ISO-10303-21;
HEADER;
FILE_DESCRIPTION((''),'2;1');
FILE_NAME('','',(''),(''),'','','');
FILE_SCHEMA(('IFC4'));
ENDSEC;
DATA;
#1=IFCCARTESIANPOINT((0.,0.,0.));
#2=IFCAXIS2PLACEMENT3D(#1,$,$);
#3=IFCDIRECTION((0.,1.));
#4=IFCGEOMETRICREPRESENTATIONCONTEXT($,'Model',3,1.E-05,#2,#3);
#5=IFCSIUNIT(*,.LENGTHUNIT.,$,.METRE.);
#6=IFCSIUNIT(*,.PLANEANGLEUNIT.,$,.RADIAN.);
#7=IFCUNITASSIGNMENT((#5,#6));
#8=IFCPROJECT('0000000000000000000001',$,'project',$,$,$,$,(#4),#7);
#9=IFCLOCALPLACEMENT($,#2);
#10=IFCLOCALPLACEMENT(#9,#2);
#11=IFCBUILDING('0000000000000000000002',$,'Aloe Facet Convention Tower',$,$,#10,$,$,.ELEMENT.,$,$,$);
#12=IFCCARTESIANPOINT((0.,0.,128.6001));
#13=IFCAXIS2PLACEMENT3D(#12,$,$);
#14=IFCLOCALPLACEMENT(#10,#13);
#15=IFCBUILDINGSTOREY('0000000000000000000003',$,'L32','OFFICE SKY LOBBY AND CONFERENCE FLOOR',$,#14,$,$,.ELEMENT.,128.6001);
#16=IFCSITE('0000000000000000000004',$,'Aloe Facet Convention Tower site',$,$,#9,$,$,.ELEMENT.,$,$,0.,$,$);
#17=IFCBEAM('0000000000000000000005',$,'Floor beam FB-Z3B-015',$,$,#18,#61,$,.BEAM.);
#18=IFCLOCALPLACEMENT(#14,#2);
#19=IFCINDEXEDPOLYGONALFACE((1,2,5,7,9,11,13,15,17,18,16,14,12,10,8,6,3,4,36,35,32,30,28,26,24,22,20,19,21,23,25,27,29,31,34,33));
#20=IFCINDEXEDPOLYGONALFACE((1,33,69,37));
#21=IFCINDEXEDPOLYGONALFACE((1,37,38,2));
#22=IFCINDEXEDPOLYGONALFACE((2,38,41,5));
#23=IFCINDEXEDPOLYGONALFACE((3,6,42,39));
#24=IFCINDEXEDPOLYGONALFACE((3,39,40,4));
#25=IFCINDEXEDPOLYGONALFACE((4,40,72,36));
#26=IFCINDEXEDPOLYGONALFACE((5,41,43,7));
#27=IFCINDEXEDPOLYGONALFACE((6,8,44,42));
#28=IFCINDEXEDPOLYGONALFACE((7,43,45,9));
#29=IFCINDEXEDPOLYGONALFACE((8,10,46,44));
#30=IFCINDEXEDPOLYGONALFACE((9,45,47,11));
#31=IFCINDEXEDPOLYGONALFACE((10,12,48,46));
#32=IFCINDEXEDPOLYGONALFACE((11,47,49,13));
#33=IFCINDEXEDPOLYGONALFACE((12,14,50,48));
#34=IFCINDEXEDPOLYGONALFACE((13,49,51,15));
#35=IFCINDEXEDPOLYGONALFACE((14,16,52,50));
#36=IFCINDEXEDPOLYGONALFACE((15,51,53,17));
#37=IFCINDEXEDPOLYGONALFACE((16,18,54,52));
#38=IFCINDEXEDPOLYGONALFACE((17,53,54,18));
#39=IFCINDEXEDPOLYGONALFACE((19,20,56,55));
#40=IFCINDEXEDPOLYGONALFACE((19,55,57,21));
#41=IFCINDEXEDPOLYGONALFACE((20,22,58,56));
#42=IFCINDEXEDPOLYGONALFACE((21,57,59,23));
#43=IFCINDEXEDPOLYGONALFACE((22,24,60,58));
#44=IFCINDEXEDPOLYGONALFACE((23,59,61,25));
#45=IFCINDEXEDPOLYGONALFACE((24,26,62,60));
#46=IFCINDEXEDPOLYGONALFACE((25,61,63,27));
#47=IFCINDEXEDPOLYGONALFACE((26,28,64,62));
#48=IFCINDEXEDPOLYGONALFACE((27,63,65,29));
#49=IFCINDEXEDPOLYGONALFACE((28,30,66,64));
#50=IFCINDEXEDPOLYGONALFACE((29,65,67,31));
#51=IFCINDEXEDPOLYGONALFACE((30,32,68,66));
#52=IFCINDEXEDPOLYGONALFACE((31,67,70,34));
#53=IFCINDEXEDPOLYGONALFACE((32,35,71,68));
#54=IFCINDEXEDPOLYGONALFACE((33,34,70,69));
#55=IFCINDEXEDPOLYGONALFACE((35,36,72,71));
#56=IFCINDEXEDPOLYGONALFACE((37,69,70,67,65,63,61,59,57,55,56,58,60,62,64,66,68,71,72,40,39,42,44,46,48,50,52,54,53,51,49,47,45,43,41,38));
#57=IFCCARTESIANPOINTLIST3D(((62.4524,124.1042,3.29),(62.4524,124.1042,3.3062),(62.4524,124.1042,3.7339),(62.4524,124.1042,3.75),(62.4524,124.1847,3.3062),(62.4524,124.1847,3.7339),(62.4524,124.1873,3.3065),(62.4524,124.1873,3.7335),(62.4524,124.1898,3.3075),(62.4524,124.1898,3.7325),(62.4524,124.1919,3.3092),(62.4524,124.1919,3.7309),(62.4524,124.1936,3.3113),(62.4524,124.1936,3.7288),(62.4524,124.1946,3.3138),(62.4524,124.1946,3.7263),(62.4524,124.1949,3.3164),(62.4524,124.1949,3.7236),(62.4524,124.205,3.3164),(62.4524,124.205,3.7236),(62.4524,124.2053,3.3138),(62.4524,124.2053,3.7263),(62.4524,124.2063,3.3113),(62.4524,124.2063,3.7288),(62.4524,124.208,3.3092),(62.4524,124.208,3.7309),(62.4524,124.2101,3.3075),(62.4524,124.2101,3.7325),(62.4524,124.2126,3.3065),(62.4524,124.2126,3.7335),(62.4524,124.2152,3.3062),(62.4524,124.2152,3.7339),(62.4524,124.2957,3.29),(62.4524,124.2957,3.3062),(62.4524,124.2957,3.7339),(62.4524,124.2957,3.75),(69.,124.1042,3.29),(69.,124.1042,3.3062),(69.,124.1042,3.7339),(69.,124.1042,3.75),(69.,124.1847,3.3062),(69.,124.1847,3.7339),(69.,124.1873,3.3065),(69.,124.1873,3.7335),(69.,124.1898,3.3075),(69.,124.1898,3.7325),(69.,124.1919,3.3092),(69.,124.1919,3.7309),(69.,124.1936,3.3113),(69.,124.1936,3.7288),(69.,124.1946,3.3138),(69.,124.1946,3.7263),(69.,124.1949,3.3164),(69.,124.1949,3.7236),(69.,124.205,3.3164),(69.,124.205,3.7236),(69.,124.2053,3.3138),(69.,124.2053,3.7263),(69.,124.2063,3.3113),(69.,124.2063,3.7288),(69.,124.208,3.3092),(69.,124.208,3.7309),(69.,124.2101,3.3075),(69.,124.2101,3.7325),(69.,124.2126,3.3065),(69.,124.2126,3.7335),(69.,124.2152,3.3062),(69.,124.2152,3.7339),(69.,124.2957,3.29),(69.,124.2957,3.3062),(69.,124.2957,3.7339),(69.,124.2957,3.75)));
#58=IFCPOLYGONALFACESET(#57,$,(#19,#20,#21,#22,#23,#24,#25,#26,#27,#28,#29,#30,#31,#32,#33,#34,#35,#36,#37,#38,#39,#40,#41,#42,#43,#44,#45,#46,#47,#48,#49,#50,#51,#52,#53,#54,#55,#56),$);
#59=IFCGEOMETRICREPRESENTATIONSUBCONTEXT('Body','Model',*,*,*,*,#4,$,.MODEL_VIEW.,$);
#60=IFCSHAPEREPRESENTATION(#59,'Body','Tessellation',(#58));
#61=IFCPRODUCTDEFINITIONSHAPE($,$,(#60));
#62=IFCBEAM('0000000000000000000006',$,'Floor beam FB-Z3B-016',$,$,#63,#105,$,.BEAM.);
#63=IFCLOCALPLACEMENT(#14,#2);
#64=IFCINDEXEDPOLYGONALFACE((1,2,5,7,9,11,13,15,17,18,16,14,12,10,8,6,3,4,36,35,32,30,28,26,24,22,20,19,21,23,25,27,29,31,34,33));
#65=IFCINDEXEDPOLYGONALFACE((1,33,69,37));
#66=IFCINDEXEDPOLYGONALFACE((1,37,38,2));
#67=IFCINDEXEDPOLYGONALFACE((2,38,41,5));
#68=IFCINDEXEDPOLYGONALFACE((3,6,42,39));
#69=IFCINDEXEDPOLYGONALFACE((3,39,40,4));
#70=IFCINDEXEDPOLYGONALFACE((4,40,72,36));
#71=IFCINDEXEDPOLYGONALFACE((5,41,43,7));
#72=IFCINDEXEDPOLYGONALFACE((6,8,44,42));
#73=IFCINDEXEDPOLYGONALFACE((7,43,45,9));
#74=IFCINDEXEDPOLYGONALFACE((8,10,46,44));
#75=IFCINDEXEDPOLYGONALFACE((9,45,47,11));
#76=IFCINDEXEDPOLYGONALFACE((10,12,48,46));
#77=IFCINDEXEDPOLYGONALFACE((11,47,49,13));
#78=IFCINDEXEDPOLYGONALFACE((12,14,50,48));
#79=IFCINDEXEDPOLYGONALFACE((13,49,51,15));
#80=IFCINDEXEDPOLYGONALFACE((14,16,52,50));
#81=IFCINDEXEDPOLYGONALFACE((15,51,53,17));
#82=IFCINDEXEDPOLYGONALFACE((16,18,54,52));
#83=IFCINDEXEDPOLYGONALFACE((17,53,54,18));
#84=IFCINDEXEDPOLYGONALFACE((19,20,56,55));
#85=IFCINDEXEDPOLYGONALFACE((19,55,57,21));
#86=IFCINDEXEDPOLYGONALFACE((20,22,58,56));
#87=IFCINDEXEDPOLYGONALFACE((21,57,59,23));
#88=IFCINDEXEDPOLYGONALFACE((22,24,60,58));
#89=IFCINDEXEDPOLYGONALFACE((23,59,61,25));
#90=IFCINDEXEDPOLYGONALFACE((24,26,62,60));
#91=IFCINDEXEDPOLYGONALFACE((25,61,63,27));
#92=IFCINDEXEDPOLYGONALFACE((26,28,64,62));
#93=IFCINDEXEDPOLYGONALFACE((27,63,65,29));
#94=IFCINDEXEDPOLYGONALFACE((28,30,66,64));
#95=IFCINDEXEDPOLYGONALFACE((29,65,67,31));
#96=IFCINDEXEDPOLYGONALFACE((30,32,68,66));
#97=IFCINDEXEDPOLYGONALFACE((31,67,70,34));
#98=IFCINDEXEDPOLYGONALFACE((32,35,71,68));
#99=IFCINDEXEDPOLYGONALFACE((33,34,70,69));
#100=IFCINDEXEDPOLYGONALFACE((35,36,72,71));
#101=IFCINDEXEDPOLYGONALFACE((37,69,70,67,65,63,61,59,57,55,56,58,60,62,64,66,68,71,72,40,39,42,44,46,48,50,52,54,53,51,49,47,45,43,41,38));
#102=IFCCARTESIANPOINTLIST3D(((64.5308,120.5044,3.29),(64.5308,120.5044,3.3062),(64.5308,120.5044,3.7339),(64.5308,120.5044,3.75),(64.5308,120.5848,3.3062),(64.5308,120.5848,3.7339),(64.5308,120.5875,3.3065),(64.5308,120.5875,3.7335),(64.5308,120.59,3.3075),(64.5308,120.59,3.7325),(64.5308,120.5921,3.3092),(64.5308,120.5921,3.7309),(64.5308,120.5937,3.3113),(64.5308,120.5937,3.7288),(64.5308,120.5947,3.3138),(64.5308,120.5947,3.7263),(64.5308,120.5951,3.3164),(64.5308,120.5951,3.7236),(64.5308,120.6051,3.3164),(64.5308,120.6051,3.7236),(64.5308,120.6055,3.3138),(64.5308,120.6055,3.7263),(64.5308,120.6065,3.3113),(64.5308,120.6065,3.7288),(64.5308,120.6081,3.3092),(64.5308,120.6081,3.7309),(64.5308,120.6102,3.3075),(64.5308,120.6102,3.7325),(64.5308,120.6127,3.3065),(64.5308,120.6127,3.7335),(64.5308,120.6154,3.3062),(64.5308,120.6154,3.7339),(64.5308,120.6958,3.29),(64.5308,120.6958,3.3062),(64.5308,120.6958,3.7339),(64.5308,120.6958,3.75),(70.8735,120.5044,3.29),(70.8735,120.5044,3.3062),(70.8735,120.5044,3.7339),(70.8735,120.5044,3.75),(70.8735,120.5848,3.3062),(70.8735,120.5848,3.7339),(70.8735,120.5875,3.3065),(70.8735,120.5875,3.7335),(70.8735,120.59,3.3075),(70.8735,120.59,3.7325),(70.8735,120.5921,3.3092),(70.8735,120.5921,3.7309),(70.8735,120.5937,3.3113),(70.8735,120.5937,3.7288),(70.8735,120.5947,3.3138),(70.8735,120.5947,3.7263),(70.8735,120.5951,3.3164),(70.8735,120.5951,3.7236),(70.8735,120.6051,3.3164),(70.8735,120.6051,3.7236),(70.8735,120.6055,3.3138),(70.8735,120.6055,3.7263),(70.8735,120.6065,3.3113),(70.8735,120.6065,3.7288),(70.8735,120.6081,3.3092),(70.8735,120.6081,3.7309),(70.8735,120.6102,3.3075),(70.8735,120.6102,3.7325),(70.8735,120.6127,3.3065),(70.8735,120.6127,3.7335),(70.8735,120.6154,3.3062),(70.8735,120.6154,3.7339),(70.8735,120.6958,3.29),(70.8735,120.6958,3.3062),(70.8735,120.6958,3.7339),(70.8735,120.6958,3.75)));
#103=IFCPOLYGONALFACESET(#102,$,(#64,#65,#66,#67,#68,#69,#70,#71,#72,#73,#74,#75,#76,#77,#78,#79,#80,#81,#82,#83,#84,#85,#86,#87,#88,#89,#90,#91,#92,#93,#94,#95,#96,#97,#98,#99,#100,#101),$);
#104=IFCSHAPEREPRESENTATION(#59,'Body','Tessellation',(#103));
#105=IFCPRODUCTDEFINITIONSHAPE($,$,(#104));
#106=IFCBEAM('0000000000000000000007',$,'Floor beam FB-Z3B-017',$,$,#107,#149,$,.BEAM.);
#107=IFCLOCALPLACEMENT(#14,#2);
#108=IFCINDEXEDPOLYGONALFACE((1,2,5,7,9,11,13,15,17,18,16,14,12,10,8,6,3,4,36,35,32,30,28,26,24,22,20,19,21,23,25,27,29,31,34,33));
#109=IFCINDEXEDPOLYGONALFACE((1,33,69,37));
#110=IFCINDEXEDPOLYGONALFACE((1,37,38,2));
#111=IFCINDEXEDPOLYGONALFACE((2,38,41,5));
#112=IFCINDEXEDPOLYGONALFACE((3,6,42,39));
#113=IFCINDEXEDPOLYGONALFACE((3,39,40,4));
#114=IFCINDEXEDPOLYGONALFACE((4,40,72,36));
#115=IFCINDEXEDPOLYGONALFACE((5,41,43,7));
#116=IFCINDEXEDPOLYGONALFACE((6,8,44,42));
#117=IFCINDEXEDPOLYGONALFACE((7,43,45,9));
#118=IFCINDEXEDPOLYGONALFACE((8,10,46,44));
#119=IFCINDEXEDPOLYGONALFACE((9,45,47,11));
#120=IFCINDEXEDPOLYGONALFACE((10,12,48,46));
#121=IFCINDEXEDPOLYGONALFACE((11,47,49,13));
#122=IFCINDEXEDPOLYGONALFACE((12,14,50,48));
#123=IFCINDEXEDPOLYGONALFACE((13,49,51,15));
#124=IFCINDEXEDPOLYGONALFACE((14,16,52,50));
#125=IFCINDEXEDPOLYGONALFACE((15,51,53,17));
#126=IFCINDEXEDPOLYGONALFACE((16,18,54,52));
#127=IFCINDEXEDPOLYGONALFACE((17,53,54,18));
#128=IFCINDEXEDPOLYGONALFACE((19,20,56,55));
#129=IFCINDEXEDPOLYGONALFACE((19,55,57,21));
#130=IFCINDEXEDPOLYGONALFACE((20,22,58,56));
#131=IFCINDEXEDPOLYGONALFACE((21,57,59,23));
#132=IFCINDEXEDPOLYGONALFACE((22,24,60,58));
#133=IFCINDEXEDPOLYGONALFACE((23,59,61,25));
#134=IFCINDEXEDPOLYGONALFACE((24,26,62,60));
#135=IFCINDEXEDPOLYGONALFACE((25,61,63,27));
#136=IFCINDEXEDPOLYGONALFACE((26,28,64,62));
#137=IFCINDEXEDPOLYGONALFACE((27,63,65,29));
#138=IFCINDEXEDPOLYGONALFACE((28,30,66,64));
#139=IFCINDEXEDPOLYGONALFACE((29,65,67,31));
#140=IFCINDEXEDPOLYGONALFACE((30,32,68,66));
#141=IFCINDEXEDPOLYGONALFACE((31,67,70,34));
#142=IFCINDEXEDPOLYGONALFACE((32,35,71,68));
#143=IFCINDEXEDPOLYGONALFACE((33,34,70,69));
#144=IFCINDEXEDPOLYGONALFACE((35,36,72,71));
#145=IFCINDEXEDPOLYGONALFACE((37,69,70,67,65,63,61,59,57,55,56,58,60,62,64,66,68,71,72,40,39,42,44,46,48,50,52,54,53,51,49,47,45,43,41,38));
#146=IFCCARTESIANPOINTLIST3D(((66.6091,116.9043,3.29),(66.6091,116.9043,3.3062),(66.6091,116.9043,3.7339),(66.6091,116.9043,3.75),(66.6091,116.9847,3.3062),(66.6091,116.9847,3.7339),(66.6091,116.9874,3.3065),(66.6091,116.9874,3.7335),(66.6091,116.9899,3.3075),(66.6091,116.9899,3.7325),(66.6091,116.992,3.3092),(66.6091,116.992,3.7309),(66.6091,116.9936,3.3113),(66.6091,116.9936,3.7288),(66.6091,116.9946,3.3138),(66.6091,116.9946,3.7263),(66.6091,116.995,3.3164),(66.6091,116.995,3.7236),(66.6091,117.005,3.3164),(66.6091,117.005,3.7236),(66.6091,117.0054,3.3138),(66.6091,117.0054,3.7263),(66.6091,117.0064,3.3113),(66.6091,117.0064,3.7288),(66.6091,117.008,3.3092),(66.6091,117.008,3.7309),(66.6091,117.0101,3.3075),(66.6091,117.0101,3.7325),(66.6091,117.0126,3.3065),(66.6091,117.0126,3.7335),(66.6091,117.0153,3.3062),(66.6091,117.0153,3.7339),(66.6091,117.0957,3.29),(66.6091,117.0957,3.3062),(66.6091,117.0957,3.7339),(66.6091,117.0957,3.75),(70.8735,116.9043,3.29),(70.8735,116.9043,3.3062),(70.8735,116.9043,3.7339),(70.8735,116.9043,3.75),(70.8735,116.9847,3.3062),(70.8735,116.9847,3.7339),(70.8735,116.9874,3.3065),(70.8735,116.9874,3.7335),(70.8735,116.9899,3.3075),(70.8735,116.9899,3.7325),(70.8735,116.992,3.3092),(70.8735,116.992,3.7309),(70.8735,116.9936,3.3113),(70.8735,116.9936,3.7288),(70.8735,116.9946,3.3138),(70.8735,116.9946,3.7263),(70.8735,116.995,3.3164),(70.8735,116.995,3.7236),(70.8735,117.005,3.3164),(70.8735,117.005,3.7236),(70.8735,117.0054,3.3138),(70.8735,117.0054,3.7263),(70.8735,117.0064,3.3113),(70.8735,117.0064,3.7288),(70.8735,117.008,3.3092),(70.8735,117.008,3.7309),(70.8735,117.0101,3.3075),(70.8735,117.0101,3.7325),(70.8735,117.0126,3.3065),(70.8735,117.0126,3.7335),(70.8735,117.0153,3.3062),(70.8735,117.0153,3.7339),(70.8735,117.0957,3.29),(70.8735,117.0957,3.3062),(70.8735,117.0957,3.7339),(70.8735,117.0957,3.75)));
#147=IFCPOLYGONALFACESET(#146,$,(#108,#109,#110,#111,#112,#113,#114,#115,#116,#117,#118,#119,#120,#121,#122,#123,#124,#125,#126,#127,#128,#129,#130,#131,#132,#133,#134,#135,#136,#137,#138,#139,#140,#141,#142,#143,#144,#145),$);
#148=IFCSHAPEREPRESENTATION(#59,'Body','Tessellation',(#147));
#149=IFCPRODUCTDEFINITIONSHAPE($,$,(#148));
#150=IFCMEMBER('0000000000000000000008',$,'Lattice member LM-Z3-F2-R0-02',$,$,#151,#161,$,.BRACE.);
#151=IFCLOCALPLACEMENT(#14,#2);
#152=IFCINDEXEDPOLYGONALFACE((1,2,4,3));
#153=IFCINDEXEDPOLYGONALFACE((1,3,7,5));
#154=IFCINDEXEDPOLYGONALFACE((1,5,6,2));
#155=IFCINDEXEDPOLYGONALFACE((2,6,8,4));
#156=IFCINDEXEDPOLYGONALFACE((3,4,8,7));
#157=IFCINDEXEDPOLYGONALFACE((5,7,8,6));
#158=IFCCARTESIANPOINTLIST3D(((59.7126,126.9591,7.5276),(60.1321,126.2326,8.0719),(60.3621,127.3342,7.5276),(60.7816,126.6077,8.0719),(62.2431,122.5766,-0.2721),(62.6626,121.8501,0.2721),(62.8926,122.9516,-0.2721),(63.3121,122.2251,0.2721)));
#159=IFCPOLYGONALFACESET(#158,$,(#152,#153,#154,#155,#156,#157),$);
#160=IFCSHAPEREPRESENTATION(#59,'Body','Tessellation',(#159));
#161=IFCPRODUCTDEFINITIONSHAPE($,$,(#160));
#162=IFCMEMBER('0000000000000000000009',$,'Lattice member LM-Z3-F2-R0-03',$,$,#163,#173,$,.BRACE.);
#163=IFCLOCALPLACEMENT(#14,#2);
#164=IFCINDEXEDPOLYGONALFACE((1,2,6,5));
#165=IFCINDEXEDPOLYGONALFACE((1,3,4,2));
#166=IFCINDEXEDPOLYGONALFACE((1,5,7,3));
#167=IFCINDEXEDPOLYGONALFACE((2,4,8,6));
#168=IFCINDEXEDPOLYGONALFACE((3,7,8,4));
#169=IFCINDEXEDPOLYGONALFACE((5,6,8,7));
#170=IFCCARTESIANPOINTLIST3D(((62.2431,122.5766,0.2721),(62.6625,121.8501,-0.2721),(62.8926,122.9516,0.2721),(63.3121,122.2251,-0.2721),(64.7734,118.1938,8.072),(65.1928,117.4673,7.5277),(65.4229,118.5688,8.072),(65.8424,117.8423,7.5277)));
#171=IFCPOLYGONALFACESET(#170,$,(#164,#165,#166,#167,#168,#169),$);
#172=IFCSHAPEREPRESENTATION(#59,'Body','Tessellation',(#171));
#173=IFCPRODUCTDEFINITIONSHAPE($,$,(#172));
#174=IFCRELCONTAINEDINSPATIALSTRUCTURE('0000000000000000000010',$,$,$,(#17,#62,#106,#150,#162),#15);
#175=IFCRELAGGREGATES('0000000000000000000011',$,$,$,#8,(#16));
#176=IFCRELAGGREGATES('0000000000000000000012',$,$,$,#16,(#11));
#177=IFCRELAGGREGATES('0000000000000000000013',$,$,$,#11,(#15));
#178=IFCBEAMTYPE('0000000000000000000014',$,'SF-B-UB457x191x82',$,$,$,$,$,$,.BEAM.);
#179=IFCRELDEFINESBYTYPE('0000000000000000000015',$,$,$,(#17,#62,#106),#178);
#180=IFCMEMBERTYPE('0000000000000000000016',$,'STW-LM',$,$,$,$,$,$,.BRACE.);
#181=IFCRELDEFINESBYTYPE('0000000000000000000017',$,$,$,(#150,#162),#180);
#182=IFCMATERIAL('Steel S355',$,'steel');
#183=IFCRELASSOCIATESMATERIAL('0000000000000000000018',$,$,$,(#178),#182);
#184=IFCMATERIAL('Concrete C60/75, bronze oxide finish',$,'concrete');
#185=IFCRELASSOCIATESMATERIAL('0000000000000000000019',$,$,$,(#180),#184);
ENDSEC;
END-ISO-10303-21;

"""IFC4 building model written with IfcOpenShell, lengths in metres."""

from ifc_helpers import new_model, si_unit, direction, frame, origin, origin_2d, place, context, subcontext, project, spatial, rectangle, i_section, extrude, material, material_profile, profile_set, type_object, element, save


model = new_model("IFC4")

# Units and contexts
model_context = context("Model", 3, precision=1e-05, world=origin(), true_north=direction((0.0, 1.0)))
body_context = subcontext(model_context, "Body", "Model", "MODEL_VIEW")
ifc_project = project(units=[si_unit("LENGTHUNIT", "METRE"), si_unit("PLANEANGLEUNIT", "RADIAN")], contexts=[model_context])

# Site, building, storey
site_placement = place(None, origin())
site = spatial("IfcSite", under=ifc_project, at=site_placement, Name="Aloe Facet Convention Tower site", CompositionType="ELEMENT", RefElevation=0.0)
building_placement = place(site_placement, origin())
building = spatial("IfcBuilding", under=site, at=building_placement, Name="Aloe Facet Convention Tower", CompositionType="ELEMENT")
storey_placement = place(building_placement, frame((0.0, 0.0, 128.6001)))
storey = spatial("IfcBuildingStorey", under=building, at=storey_placement, Name="L32", Description="OFFICE SKY LOBBY AND CONFERENCE FLOOR", CompositionType="ELEMENT", Elevation=128.6001)

# Beams
ifc_material_1 = material(Name="Steel S355", Category="steel")
ifc_material_profile_1 = material_profile(ifc_material_1, i_section(OverallWidth=0.1914, OverallDepth=0.46, WebThickness=0.01, FlangeThickness=0.0161, FilletRadius=0.0103, at=origin_2d()), Name="UB 457x191x82")
ifc_profile_set_1 = profile_set([ifc_material_profile_1], Name="Steel S355")
beam_type = type_object("IfcBeamType", Name="SF-B-UB457x191x82", PredefinedType="BEAM", material=ifc_profile_set_1)
beam_1_placement = place(storey_placement, frame((62.4524, 124.2, 3.52), z_axis=(1.0, 0.0, 0.0), x_axis=(0.0, 1.0, 0.0)))
element("IfcBeam", 1, at=beam_1_placement, inside=storey, type_object=beam_type, Name="Floor beam FB-Z3B-015", PredefinedType="BEAM", context=body_context, shape_type="SweptSolid", body=[
    extrude(i_section(OverallWidth=0.1914, OverallDepth=0.46, WebThickness=0.01, FlangeThickness=0.0161, FilletRadius=0.0103, at=origin_2d()), origin(), (0.0, 0.0, 1.0), 6.5476),
])
beam_2_placement = place(storey_placement, frame((64.5308, 120.6001, 3.52), z_axis=(1.0, 0.0, 0.0), x_axis=(0.0, 1.0, 0.0)))
element("IfcBeam", 2, at=beam_2_placement, inside=storey, type_object=beam_type, Name="Floor beam FB-Z3B-016", PredefinedType="BEAM", context=body_context, shape_type="SweptSolid", body=[
    extrude(i_section(OverallWidth=0.1914, OverallDepth=0.46, WebThickness=0.01, FlangeThickness=0.0161, FilletRadius=0.0103, at=origin_2d()), origin(), (0.0, 0.0, 1.0), 6.3428),
])
beam_3_placement = place(storey_placement, frame((66.6091, 117.0, 3.52), z_axis=(1.0, 0.0, 0.0), x_axis=(0.0, 1.0, 0.0)))
element("IfcBeam", 3, at=beam_3_placement, inside=storey, type_object=beam_type, Name="Floor beam FB-Z3B-017", PredefinedType="BEAM", context=body_context, shape_type="SweptSolid", body=[
    extrude(i_section(OverallWidth=0.1914, OverallDepth=0.46, WebThickness=0.01, FlangeThickness=0.0161, FilletRadius=0.0103, at=origin_2d()), origin(), (0.0, 0.0, 1.0), 4.2644),
])

# Members
ifc_material_2 = material(Name="Concrete C60/75, bronze oxide finish", Category="concrete")
ifc_material_profile_2 = material_profile(ifc_material_2, rectangle(XDim=0.75, YDim=1.0, at=origin_2d()), Name="STW-LM")
ifc_profile_set_2 = profile_set([ifc_material_profile_2], Name="Concrete C60/75, bronze oxide finish")
member_type = type_object("IfcMemberType", Name="STW-LM", PredefinedType="BRACE", material=ifc_profile_set_2)
member_1_placement = place(storey_placement, frame((62.7776, 122.4009, 0.0), z_axis=(-0.272166, 0.47136, 0.838895), x_axis=(-0.866005, -0.500036, 0.0)))
element("IfcMember", 4, at=member_1_placement, inside=storey, type_object=member_type, Name="Lattice member LM-Z3-F2-R0-02", PredefinedType="BRACE", context=body_context, shape_type="SweptSolid", body=[
    extrude(rectangle(XDim=0.75, YDim=1.0, at=origin_2d()), origin(), (0.0, 0.0, 1.0), 9.2976),
])
member_2_placement = place(storey_placement, frame((62.7776, 122.4009, 0.0), z_axis=(0.272138, -0.471384, 0.838891), x_axis=(0.866038, 0.499979, 0.0)))
element("IfcMember", 5, at=member_2_placement, inside=storey, type_object=member_type, Name="Lattice member LM-Z3-F2-R0-03", PredefinedType="BRACE", context=body_context, shape_type="SweptSolid", body=[
    extrude(rectangle(XDim=0.75, YDim=1.0, at=origin_2d()), origin(), (0.0, 0.0, 1.0), 9.2979),
])

save(model, "model.ifc")
